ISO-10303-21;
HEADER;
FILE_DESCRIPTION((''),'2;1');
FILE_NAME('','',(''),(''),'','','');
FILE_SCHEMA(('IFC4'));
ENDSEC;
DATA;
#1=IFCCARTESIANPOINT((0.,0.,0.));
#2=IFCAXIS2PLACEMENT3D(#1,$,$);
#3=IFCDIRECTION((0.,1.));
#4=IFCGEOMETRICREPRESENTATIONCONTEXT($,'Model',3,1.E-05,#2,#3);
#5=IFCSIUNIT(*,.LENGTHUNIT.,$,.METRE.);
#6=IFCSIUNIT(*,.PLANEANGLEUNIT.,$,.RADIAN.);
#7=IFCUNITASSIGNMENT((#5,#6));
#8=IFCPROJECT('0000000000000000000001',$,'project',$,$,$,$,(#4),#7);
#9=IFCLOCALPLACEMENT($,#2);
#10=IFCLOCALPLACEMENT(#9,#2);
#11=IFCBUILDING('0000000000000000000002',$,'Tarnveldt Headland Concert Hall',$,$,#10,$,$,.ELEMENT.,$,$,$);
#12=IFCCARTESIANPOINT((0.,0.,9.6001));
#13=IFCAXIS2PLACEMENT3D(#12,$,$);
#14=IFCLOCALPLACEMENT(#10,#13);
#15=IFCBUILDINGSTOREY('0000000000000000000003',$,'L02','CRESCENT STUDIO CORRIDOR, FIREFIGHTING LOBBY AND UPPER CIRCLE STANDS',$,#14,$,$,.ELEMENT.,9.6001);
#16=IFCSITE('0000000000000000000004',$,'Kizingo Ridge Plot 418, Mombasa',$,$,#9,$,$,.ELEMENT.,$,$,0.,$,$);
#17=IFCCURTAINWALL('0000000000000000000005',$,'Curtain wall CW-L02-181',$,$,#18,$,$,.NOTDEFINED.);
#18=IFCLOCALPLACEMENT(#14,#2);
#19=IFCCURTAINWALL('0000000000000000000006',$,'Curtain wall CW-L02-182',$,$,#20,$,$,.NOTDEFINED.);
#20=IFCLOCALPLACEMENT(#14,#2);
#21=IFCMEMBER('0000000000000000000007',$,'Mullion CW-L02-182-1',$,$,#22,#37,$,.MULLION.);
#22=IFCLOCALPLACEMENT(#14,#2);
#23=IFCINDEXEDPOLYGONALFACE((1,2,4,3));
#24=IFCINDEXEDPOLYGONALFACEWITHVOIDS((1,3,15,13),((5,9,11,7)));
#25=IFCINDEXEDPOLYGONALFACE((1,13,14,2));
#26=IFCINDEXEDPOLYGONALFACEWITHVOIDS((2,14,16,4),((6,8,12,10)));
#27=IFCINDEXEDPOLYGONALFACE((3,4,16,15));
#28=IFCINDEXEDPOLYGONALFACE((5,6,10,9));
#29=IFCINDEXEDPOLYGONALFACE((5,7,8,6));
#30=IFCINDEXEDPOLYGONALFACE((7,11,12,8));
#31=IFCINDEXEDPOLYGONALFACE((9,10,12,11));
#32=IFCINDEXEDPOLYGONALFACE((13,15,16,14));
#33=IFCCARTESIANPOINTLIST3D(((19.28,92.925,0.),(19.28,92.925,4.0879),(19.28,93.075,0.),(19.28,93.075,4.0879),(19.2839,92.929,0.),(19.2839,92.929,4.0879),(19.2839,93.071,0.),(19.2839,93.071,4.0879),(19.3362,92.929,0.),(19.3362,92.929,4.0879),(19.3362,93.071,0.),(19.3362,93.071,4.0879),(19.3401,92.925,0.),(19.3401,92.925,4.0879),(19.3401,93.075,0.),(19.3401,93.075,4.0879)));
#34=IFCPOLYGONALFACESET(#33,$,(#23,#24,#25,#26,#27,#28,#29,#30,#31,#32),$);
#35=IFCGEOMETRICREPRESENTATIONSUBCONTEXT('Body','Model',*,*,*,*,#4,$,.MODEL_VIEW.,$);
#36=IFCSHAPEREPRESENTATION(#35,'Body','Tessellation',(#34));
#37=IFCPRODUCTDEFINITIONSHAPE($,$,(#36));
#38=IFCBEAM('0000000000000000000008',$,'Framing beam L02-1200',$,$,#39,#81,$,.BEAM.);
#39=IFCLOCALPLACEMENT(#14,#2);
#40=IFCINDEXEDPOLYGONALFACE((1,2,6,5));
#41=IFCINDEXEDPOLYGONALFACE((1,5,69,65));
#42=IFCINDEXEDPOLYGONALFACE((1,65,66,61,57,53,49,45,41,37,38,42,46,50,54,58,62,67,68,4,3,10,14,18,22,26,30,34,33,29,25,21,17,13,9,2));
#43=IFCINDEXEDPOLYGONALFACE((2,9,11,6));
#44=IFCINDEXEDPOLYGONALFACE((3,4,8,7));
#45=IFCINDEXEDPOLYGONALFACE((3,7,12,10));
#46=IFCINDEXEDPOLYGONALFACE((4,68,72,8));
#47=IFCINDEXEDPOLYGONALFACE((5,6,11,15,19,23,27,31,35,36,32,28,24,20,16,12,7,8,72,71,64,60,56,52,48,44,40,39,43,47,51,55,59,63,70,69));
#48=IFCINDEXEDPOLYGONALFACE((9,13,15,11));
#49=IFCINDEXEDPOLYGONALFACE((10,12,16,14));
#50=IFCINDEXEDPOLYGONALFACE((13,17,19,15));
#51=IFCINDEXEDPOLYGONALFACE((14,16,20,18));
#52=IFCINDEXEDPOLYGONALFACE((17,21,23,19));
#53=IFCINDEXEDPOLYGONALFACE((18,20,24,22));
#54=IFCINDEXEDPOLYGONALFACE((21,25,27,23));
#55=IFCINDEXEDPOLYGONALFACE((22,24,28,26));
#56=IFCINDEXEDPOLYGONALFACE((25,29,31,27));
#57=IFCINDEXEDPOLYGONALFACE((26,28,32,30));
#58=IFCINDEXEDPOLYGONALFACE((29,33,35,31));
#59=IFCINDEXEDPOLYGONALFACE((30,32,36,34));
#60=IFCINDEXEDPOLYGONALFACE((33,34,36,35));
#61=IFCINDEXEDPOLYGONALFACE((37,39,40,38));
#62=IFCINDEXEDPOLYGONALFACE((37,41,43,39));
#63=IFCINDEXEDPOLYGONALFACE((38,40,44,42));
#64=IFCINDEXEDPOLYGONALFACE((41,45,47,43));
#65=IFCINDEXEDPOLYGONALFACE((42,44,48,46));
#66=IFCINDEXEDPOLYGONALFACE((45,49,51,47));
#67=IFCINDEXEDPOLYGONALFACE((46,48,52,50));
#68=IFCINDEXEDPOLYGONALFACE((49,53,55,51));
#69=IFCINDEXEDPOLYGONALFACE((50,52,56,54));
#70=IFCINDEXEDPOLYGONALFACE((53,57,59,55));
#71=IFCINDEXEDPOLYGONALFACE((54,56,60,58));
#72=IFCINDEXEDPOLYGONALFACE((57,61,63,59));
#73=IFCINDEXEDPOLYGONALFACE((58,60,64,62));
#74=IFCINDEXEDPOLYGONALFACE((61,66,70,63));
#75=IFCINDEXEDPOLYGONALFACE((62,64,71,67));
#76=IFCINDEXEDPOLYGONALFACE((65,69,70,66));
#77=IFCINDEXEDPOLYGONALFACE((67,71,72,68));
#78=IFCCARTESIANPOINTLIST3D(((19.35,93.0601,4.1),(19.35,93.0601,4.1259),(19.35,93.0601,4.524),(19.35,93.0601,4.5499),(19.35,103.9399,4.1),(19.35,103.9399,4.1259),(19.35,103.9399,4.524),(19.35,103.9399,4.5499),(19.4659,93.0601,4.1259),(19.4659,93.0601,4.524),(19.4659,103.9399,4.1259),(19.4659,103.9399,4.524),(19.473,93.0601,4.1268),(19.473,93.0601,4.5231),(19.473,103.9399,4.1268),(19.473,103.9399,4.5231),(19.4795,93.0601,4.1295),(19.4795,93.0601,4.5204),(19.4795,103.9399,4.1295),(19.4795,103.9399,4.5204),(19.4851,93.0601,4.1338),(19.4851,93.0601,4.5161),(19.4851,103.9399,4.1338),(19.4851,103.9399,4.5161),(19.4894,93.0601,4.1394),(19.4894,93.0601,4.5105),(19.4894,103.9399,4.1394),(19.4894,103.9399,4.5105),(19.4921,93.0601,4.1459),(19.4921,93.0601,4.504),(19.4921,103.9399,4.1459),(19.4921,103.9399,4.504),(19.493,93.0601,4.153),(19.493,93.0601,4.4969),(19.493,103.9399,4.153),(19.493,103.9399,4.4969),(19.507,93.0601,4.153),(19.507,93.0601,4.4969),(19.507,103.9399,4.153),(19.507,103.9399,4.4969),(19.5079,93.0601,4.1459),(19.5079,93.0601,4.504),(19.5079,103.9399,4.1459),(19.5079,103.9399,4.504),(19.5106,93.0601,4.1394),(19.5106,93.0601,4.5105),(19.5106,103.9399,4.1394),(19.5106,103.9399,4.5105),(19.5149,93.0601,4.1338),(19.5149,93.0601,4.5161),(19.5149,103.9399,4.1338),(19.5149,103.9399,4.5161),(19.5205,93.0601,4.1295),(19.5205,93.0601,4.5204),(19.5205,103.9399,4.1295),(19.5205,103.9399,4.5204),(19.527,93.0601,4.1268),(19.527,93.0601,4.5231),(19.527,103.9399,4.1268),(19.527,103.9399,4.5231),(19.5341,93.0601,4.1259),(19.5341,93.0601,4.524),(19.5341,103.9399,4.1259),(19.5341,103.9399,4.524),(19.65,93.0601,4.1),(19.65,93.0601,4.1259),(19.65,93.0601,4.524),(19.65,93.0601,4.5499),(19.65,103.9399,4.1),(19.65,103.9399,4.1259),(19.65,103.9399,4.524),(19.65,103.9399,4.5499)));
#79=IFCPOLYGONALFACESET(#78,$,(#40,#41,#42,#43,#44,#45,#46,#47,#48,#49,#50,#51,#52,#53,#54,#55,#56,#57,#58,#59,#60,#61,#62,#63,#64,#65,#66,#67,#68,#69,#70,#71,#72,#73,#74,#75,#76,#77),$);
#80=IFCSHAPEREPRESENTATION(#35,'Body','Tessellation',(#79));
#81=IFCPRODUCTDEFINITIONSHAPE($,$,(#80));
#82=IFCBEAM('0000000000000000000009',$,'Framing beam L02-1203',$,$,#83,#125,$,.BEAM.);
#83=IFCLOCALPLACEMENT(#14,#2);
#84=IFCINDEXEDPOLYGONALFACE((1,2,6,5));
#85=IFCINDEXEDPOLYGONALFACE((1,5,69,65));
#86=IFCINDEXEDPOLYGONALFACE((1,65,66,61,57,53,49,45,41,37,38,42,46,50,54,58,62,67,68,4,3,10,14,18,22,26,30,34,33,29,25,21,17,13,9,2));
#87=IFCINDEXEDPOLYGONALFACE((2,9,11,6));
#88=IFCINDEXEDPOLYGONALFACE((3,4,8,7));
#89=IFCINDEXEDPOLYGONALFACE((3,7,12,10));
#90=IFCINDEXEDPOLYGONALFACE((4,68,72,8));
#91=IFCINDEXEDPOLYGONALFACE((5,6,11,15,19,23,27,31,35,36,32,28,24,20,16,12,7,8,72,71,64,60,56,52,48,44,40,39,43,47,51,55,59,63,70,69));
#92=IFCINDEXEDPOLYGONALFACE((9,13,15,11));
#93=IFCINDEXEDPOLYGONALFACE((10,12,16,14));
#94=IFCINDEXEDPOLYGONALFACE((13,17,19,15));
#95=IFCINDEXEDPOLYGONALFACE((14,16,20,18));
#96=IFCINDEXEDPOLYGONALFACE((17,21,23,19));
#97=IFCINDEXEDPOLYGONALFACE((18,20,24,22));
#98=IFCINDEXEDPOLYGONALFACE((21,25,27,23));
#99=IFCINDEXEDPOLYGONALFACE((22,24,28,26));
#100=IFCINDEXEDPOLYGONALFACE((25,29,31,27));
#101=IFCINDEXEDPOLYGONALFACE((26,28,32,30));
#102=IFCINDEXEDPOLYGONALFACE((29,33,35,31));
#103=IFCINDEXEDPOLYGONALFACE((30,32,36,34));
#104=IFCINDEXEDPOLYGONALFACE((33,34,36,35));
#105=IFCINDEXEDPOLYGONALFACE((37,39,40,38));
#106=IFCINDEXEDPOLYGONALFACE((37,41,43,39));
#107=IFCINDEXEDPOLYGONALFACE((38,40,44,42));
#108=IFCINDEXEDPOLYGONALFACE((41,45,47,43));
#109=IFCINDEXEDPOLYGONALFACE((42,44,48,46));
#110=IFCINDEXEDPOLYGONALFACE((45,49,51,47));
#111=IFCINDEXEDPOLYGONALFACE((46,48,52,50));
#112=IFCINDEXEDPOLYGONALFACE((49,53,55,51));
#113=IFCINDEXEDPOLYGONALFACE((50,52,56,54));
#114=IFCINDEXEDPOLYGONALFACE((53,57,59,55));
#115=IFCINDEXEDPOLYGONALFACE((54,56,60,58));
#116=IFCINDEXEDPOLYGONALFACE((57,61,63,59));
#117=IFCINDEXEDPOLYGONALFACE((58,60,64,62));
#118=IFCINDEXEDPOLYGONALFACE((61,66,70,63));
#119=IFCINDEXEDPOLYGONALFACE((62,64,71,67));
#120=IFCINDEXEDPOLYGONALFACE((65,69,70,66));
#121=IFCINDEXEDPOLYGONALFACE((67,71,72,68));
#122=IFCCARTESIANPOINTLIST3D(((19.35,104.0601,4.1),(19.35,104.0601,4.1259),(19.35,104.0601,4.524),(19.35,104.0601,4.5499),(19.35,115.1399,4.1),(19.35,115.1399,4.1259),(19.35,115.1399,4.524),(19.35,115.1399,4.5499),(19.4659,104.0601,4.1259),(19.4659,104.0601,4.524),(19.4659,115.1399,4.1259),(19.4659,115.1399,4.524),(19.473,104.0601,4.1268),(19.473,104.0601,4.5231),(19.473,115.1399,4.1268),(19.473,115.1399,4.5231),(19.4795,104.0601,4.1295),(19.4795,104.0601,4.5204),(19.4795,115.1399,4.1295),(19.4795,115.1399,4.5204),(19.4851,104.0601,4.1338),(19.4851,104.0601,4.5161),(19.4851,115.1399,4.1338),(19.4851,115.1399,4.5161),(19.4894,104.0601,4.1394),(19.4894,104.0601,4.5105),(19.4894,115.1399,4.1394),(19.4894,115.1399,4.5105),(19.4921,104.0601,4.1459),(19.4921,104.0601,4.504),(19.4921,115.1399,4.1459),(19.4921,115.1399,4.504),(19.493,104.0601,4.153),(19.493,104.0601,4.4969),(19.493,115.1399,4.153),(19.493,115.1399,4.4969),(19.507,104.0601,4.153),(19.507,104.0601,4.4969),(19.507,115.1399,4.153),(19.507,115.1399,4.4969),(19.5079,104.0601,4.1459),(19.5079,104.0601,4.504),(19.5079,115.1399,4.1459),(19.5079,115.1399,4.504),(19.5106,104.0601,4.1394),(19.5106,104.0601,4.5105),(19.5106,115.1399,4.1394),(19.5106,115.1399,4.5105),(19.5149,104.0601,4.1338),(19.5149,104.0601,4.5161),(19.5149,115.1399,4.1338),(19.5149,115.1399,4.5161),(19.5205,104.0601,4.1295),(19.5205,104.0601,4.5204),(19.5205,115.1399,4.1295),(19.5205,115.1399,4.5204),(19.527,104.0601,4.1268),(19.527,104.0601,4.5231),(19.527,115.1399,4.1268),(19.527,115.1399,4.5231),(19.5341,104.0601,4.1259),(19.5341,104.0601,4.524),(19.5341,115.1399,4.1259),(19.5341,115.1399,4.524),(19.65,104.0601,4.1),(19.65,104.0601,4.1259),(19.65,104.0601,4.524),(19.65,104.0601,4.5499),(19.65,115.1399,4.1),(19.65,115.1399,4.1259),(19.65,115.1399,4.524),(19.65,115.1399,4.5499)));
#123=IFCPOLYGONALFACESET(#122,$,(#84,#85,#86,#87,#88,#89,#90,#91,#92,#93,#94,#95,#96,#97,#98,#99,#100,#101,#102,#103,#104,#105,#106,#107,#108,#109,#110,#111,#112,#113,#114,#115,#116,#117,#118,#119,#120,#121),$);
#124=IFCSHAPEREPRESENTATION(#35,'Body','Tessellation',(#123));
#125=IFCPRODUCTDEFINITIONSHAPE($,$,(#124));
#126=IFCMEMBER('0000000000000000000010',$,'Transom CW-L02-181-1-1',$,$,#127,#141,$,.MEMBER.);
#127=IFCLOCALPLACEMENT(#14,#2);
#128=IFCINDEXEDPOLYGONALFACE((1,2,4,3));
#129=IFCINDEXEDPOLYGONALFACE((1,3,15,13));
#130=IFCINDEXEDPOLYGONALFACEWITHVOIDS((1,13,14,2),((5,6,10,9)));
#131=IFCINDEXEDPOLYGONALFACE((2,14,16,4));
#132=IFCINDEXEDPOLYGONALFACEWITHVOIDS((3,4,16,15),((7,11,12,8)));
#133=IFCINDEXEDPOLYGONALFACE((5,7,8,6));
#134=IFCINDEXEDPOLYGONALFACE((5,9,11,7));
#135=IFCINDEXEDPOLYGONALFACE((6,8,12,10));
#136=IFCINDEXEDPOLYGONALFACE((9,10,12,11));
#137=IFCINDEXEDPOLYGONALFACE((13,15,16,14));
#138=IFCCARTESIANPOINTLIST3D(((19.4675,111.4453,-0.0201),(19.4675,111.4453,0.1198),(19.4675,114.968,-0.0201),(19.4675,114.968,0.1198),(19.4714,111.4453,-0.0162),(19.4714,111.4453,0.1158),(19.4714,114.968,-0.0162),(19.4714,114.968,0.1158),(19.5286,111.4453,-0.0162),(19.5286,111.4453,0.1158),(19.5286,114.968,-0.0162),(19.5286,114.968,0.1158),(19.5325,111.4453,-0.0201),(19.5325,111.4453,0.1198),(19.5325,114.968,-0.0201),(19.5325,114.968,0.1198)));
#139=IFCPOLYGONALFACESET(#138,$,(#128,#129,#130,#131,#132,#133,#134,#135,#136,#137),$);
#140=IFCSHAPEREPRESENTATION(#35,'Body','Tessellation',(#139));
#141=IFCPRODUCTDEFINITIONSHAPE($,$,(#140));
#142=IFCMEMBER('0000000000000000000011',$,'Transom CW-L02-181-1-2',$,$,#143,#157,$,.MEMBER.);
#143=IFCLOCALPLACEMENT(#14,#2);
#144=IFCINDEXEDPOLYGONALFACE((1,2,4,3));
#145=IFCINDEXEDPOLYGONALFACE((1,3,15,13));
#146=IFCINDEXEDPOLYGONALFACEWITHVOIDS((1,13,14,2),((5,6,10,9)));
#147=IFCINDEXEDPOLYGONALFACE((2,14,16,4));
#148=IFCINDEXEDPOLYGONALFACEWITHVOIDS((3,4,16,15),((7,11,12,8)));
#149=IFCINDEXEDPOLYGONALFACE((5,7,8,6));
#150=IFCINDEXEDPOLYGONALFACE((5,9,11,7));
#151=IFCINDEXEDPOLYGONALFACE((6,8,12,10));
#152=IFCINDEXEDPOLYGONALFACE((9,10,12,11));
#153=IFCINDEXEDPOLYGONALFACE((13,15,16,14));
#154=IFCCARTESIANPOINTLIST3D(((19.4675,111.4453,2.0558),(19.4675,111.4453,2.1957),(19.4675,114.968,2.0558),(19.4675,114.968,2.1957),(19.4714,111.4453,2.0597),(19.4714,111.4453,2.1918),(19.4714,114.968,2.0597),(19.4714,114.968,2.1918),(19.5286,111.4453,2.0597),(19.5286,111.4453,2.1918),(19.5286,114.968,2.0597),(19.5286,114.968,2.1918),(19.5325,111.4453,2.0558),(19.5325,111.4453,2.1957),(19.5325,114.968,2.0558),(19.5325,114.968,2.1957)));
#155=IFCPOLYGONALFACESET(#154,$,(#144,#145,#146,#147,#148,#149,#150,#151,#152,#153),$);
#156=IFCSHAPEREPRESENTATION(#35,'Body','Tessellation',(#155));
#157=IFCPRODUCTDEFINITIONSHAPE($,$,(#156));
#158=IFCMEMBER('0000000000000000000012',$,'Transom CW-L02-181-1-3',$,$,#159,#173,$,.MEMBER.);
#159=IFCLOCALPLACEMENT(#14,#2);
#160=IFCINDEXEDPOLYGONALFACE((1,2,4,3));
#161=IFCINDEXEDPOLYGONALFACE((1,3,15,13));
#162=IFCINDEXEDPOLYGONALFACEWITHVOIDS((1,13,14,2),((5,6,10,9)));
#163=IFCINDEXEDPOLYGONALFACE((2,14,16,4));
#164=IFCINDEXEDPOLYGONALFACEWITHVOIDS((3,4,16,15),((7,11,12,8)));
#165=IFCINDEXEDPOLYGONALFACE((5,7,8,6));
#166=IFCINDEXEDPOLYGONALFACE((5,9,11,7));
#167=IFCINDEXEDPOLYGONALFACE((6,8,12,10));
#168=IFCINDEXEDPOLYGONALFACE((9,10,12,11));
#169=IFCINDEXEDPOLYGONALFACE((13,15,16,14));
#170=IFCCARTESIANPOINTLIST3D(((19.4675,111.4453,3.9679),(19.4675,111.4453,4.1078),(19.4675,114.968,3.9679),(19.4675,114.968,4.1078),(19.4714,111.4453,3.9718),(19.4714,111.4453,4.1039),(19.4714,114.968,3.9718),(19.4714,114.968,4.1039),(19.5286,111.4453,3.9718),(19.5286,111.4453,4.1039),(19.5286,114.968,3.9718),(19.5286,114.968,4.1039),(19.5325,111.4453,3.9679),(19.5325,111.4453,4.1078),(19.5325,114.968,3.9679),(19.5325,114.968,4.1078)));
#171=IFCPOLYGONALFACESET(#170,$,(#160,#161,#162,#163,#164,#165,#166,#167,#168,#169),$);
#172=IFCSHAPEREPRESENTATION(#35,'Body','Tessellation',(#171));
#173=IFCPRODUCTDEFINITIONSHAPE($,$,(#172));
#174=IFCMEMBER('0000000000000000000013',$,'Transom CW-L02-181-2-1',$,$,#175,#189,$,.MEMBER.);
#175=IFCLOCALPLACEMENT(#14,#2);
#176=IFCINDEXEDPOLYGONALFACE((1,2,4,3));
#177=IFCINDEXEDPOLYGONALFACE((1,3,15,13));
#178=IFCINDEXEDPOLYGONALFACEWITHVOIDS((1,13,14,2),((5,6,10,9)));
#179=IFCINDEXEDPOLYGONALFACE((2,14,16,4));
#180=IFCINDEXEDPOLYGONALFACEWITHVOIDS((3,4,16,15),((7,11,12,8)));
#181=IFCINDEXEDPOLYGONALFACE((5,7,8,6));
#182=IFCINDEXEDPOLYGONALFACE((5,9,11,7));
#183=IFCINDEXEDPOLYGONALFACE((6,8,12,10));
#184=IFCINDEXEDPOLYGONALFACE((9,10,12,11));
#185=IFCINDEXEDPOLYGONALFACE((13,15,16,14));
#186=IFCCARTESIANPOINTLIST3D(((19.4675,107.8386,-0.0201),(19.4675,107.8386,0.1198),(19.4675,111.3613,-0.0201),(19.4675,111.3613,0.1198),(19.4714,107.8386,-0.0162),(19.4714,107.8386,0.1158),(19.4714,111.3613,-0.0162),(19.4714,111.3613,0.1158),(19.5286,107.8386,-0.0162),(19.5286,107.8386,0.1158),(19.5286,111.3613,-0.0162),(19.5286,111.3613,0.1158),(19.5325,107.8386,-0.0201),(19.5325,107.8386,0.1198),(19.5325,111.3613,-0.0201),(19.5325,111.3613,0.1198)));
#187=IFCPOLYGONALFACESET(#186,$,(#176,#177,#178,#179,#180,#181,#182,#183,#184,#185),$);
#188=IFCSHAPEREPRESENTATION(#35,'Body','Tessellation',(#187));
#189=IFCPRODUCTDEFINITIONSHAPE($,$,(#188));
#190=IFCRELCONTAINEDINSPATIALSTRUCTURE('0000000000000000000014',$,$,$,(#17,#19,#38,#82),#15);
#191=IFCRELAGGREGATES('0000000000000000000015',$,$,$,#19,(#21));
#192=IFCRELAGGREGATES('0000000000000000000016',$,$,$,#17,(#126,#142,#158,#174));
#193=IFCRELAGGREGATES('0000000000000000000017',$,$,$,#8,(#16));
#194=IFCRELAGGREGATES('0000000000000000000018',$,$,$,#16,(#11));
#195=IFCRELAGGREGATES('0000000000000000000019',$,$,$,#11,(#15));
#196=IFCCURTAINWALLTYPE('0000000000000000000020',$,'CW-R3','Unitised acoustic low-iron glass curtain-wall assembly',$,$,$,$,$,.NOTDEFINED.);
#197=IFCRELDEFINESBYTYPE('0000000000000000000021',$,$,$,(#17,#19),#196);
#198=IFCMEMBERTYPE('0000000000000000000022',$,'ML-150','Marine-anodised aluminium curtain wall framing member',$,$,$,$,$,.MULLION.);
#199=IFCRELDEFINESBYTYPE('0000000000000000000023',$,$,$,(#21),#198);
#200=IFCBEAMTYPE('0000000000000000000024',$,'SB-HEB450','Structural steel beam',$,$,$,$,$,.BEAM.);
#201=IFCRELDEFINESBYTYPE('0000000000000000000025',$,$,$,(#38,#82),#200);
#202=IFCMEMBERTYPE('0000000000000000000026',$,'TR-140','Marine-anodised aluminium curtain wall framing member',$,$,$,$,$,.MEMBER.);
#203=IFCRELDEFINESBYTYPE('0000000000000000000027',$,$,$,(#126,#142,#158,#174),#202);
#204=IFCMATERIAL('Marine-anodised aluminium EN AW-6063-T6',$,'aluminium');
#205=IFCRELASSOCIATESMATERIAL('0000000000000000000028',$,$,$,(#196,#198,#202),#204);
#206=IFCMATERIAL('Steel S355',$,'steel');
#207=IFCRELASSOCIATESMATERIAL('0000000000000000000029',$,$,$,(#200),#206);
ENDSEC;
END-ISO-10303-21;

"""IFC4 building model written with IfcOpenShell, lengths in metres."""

from ifc_helpers import new_model, si_unit, direction, frame, origin, origin_2d, place, context, subcontext, project, spatial, hollow_rectangle, i_section, extrude, material, material_profile, profile_set, type_object, element, aggregate, save


model = new_model("IFC4")

# Units and contexts
model_context = context("Model", 3, precision=1e-05, world=origin(), true_north=direction((0.0, 1.0)))
body_context = subcontext(model_context, "Body", "Model", "MODEL_VIEW")
ifc_project = project(units=[si_unit("LENGTHUNIT", "METRE"), si_unit("PLANEANGLEUNIT", "RADIAN")], contexts=[model_context])

# Site, building, storey
site_placement = place(None, origin())
site = spatial("IfcSite", under=ifc_project, at=site_placement, Name="Kizingo Ridge Plot 418, Mombasa", CompositionType="ELEMENT", RefElevation=0.0)
building_placement = place(site_placement, origin())
building = spatial("IfcBuilding", under=site, at=building_placement, Name="Tarnveldt Headland Concert Hall", CompositionType="ELEMENT")
storey_placement = place(building_placement, frame((0.0, 0.0, 9.6001)))
storey = spatial("IfcBuildingStorey", under=building, at=storey_placement, Name="L02", Description="CRESCENT STUDIO CORRIDOR, FIREFIGHTING LOBBY AND UPPER CIRCLE STANDS", CompositionType="ELEMENT", Elevation=9.6001)

# Shared definitions
ifc_material_1 = material(Name="Steel S355", Category="steel")

# Curtain wall
ifc_material_2 = material(Name="Marine-anodised aluminium EN AW-6063-T6", Category="aluminium")
curtain_wall_type = type_object("IfcCurtainWallType", Name="CW-R3", Description="Unitised acoustic low-iron glass curtain-wall assembly", PredefinedType="NOTDEFINED", material=ifc_material_2)
curtain_wall_1_placement = place(storey_placement, origin())
curtain_wall_1 = element("IfcCurtainWall", 1, at=curtain_wall_1_placement, inside=storey, type_object=curtain_wall_type, Name="Curtain wall CW-L02-181", PredefinedType="NOTDEFINED")
ifc_material_profile_1 = material_profile(ifc_material_2, hollow_rectangle(XDim=0.0601, YDim=0.1499, WallThickness=0.0039, at=origin_2d()), Name="ALU MULLION 60x150x4", Category="aluminium")
ifc_profile_set_1 = profile_set([ifc_material_profile_1], Name="Marine-anodised aluminium EN AW-6063-T6")
member_type_1 = type_object("IfcMemberType", Name="ML-150", Description="Marine-anodised aluminium curtain wall framing member", PredefinedType="MULLION", material=ifc_profile_set_1)

# Curtain wall, member
curtain_wall_2_placement = place(storey_placement, origin())
curtain_wall_2 = element("IfcCurtainWall", 2, at=curtain_wall_2_placement, inside=storey, type_object=curtain_wall_type, Name="Curtain wall CW-L02-182", PredefinedType="NOTDEFINED")
member_1_placement = place(storey_placement, frame((19.3101, 93.0, 0.0), z_axis=(0.0, 0.0, 1.0), x_axis=(1.0, 0.0, 0.0)))
member_1 = element("IfcMember", 3, at=member_1_placement, type_object=member_type_1, Name="Mullion CW-L02-182-1", PredefinedType="MULLION", context=body_context, shape_type="SweptSolid", body=[
    extrude(hollow_rectangle(XDim=0.0601, YDim=0.1499, WallThickness=0.0039, at=origin_2d()), origin(), (0.0, 0.0, 1.0), 4.0879),
])

# Beams
ifc_material_profile_2 = material_profile(ifc_material_1, i_section(OverallWidth=0.3, OverallDepth=0.45, WebThickness=0.0139, FlangeThickness=0.0259, FilletRadius=0.0271, at=origin_2d()), Name="HEB450", Category="steel")
ifc_profile_set_2 = profile_set([ifc_material_profile_2], Name="Steel S355")
beam_type = type_object("IfcBeamType", Name="SB-HEB450", Description="Structural steel beam", PredefinedType="BEAM", material=ifc_profile_set_2)
beam_1_placement = place(storey_placement, frame((19.5, 93.0601, 4.325), z_axis=(0.0, 1.0, 0.0), x_axis=(-1.0, 0.0, 0.0)))
element("IfcBeam", 4, at=beam_1_placement, inside=storey, type_object=beam_type, Name="Framing beam L02-1200", PredefinedType="BEAM", context=body_context, shape_type="SweptSolid", body=[
    extrude(i_section(OverallWidth=0.3, OverallDepth=0.45, WebThickness=0.0139, FlangeThickness=0.0259, FilletRadius=0.0271, at=origin_2d()), origin(), (0.0, 0.0, 1.0), 10.8799),
])
beam_2_placement = place(storey_placement, frame((19.5, 104.0601, 4.325), z_axis=(0.0, 1.0, 0.0), x_axis=(-1.0, 0.0, 0.0)))
element("IfcBeam", 5, at=beam_2_placement, inside=storey, type_object=beam_type, Name="Framing beam L02-1203", PredefinedType="BEAM", context=body_context, shape_type="SweptSolid", body=[
    extrude(i_section(OverallWidth=0.3, OverallDepth=0.45, WebThickness=0.0139, FlangeThickness=0.0259, FilletRadius=0.0271, at=origin_2d()), origin(), (0.0, 0.0, 1.0), 11.0798),
])

# Members
ifc_material_profile_3 = material_profile(ifc_material_2, hollow_rectangle(XDim=0.0649, YDim=0.1399, WallThickness=0.0039, at=origin_2d()), Name="ALU TRANSOM 65x140x4", Category="aluminium")
ifc_profile_set_3 = profile_set([ifc_material_profile_3], Name="Marine-anodised aluminium EN AW-6063-T6")
member_type_2 = type_object("IfcMemberType", Name="TR-140", Description="Marine-anodised aluminium curtain wall framing member", PredefinedType="MEMBER", material=ifc_profile_set_3)
member_2_placement = place(storey_placement, frame((19.5, 114.968, 0.0498), z_axis=(0.0, -1.0, 0.0), x_axis=(1.0, 0.0, 0.0)))
member_2 = element("IfcMember", 6, at=member_2_placement, type_object=member_type_2, Name="Transom CW-L02-181-1-1", PredefinedType="MEMBER", context=body_context, shape_type="SweptSolid", body=[
    extrude(hollow_rectangle(XDim=0.0649, YDim=0.1399, WallThickness=0.0039, at=origin_2d()), origin(), (0.0, 0.0, 1.0), 3.5227),
])
member_3_placement = place(storey_placement, frame((19.5, 114.968, 2.1257), z_axis=(0.0, -1.0, 0.0), x_axis=(1.0, 0.0, 0.0)))
member_3 = element("IfcMember", 7, at=member_3_placement, type_object=member_type_2, Name="Transom CW-L02-181-1-2", PredefinedType="MEMBER", context=body_context, shape_type="SweptSolid", body=[
    extrude(hollow_rectangle(XDim=0.0649, YDim=0.1399, WallThickness=0.0039, at=origin_2d()), origin(), (0.0, 0.0, 1.0), 3.5227),
])
member_4_placement = place(storey_placement, frame((19.5, 114.968, 4.0378), z_axis=(0.0, -1.0, 0.0), x_axis=(1.0, 0.0, 0.0)))
member_4 = element("IfcMember", 8, at=member_4_placement, type_object=member_type_2, Name="Transom CW-L02-181-1-3", PredefinedType="MEMBER", context=body_context, shape_type="SweptSolid", body=[
    extrude(hollow_rectangle(XDim=0.0649, YDim=0.1399, WallThickness=0.0039, at=origin_2d()), origin(), (0.0, 0.0, 1.0), 3.5227),
])
member_5_placement = place(storey_placement, frame((19.5, 111.3613, 0.0498), z_axis=(0.0, -1.0, 0.0), x_axis=(1.0, 0.0, 0.0)))
member_5 = element("IfcMember", 9, at=member_5_placement, type_object=member_type_2, Name="Transom CW-L02-181-2-1", PredefinedType="MEMBER", context=body_context, shape_type="SweptSolid", body=[
    extrude(hollow_rectangle(XDim=0.0649, YDim=0.1399, WallThickness=0.0039, at=origin_2d()), origin(), (0.0, 0.0, 1.0), 3.5227),
])
aggregate(curtain_wall_2, [member_1])

aggregate(curtain_wall_1, [member_2, member_3, member_4, member_5])

save(model, "model.ifc")
